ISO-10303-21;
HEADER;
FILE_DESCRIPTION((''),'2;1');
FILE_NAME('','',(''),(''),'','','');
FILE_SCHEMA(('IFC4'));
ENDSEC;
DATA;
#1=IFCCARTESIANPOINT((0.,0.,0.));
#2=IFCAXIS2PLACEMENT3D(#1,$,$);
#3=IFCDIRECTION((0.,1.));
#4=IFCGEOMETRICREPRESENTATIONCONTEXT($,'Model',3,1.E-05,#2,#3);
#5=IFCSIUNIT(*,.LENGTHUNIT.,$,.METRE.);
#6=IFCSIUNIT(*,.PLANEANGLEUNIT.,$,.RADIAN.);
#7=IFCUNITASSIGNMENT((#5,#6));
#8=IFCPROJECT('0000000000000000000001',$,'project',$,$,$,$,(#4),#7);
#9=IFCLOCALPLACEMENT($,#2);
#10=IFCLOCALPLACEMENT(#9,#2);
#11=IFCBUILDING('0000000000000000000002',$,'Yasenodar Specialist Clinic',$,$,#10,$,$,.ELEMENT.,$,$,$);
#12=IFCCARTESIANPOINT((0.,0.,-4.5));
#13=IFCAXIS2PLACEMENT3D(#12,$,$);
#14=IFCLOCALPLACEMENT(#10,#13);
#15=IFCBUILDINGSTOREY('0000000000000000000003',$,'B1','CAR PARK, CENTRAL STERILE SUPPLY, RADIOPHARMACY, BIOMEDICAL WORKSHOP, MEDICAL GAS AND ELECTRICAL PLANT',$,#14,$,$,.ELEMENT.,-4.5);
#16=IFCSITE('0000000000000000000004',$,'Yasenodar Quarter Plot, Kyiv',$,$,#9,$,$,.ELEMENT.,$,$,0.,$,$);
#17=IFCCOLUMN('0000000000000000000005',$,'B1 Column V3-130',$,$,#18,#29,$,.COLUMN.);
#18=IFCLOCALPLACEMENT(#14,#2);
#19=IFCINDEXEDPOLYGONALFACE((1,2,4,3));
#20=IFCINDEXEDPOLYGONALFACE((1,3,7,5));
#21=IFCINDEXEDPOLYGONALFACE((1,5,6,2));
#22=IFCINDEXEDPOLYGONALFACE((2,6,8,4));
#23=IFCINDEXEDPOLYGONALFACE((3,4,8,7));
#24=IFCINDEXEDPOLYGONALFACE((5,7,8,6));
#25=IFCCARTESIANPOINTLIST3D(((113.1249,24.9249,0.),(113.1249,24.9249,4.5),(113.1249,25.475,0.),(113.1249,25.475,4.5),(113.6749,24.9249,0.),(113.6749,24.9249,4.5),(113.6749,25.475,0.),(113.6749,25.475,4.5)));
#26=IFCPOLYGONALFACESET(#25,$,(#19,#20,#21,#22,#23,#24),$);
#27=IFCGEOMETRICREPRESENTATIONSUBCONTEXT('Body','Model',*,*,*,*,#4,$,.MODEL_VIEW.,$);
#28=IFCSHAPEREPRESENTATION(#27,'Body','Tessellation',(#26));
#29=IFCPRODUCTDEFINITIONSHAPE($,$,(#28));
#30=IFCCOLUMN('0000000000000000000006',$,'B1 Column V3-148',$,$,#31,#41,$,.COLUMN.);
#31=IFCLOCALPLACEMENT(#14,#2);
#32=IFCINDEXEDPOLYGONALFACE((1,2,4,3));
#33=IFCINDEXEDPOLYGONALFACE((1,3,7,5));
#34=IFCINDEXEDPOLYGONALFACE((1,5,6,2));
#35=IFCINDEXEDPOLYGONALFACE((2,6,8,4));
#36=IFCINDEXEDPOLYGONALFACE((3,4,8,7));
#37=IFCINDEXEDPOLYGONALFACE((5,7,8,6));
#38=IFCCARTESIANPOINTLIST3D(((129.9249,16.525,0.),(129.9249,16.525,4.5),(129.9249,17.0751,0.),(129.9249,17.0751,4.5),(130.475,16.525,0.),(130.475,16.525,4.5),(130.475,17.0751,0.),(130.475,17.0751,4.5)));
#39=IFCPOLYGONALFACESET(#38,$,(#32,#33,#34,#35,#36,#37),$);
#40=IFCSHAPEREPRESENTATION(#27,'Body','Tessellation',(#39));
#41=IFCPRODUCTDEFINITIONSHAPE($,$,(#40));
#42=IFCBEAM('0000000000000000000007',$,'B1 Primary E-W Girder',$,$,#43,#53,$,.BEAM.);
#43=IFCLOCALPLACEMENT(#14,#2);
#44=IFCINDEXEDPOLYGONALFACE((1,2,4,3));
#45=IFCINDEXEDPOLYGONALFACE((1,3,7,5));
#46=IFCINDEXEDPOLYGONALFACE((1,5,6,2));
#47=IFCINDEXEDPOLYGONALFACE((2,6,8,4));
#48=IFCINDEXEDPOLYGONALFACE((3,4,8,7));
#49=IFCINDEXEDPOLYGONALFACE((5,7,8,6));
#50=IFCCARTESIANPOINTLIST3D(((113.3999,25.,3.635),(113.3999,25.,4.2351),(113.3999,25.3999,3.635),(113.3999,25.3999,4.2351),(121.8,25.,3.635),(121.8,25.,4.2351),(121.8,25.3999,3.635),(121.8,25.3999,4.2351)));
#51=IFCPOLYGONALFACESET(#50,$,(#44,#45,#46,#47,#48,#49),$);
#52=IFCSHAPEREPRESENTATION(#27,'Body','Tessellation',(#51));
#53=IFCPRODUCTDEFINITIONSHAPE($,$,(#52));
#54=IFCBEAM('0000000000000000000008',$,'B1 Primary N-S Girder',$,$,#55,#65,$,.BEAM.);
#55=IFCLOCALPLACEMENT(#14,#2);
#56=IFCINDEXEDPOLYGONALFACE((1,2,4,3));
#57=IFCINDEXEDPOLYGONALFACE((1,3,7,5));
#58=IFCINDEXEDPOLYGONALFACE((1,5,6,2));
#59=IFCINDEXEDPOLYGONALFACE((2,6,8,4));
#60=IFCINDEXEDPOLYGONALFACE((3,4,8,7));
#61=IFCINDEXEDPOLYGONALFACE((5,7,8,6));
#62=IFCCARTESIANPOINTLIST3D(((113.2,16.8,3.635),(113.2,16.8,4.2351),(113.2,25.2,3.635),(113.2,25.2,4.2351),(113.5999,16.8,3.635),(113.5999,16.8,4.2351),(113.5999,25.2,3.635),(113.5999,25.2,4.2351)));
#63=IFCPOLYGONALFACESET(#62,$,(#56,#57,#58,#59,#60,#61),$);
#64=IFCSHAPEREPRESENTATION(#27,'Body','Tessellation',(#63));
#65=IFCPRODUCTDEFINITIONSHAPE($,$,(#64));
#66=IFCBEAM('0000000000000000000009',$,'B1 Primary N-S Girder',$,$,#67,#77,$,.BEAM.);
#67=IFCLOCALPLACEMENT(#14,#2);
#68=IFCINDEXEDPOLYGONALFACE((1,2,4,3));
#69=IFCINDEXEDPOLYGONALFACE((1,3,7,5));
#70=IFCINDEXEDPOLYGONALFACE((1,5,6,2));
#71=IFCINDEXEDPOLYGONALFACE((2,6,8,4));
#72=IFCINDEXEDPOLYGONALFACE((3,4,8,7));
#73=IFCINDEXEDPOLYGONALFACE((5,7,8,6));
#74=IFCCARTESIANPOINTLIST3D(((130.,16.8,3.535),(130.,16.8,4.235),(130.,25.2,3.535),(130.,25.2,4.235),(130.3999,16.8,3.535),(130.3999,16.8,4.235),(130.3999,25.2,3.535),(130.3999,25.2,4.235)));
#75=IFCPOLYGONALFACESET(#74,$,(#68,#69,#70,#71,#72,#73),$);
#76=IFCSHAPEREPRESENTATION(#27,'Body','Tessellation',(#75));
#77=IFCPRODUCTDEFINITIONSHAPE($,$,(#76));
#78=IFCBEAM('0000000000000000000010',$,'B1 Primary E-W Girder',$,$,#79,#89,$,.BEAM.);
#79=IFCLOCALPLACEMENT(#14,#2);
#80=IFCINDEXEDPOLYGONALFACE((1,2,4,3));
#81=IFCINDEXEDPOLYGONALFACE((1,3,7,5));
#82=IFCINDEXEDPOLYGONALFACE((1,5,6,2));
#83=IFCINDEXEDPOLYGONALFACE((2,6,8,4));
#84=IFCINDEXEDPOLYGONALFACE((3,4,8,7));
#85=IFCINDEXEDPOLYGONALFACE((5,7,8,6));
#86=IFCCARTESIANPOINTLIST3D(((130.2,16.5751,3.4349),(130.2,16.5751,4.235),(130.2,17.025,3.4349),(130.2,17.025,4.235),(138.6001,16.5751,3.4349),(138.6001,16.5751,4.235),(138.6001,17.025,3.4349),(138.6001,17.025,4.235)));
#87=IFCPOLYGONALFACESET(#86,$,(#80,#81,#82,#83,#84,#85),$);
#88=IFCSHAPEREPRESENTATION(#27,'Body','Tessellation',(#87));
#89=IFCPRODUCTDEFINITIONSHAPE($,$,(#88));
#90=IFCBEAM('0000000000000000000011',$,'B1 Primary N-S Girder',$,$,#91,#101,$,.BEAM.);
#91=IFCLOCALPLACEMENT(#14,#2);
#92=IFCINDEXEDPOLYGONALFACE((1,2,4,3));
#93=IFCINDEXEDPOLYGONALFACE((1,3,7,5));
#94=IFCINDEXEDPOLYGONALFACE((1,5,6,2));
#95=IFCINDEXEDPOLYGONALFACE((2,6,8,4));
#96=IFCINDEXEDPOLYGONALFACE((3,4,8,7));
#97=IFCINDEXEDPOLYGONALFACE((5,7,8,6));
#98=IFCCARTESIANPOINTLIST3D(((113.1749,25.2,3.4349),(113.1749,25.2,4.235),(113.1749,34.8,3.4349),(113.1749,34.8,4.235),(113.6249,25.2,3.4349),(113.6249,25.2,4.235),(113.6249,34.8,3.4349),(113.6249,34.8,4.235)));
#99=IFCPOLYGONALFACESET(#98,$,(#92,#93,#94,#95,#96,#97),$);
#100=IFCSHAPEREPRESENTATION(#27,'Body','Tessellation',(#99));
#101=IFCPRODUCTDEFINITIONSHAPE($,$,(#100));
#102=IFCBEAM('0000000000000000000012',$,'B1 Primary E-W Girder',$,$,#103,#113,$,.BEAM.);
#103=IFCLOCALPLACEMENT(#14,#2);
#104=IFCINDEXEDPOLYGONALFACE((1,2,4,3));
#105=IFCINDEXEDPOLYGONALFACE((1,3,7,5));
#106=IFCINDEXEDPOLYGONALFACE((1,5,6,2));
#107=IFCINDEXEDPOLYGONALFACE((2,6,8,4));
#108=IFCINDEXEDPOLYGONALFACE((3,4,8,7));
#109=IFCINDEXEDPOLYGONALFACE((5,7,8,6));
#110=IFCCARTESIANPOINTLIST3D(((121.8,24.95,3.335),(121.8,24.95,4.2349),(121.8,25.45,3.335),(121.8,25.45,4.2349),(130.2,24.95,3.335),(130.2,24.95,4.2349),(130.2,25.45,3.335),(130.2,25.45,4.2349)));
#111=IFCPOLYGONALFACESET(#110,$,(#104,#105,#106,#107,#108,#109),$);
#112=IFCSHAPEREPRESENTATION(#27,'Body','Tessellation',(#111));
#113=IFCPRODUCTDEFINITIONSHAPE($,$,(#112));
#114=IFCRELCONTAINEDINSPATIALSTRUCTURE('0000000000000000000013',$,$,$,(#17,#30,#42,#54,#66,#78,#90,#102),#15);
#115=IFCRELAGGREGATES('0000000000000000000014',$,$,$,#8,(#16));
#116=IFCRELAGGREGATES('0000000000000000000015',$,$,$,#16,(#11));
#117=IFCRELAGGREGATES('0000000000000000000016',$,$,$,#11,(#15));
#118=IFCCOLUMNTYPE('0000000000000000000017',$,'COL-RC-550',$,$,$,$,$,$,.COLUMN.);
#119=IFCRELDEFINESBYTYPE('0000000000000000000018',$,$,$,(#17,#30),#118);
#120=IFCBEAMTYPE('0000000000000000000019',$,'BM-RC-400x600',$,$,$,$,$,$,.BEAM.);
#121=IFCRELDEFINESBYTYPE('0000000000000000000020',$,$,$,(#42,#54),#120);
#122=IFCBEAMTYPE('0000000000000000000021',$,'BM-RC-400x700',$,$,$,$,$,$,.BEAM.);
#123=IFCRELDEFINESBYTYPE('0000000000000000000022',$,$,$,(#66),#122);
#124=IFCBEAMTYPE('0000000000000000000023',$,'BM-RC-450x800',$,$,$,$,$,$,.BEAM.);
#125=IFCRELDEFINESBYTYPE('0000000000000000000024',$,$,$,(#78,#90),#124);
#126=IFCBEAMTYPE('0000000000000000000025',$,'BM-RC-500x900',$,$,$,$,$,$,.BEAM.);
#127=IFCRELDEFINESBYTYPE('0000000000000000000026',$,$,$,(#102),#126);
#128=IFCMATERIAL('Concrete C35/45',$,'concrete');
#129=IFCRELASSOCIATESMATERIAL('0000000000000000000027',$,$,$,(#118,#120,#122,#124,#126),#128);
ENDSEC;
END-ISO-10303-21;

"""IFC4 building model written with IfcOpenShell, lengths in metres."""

from ifc_helpers import new_model, si_unit, direction, frame, origin, origin_2d, place, context, subcontext, project, spatial, rectangle, extrude, material, material_profile, profile_set, type_object, element, save


model = new_model("IFC4")

# Units and contexts
model_context = context("Model", 3, precision=1e-05, world=origin(), true_north=direction((0.0, 1.0)))
body_context = subcontext(model_context, "Body", "Model", "MODEL_VIEW")
ifc_project = project(units=[si_unit("LENGTHUNIT", "METRE"), si_unit("PLANEANGLEUNIT", "RADIAN")], contexts=[model_context])

# Site, building, storey
site_placement = place(None, origin())
site = spatial("IfcSite", under=ifc_project, at=site_placement, Name="Yasenodar Quarter Plot, Kyiv", CompositionType="ELEMENT", RefElevation=0.0)
building_placement = place(site_placement, origin())
building = spatial("IfcBuilding", under=site, at=building_placement, Name="Yasenodar Specialist Clinic", CompositionType="ELEMENT")
storey_placement = place(building_placement, frame((0.0, 0.0, -4.5)))
storey = spatial("IfcBuildingStorey", under=building, at=storey_placement, Name="B1", Description="CAR PARK, CENTRAL STERILE SUPPLY, RADIOPHARMACY, BIOMEDICAL WORKSHOP, MEDICAL GAS AND ELECTRICAL PLANT", CompositionType="ELEMENT", Elevation=-4.5)

# Shared definitions
ifc_material_1 = material(Name="Concrete C35/45", Category="concrete")

# Columns
ifc_material_profile_1 = material_profile(ifc_material_1, rectangle(XDim=0.55, YDim=0.55, at=origin_2d()), Name="RC 550x550")
ifc_profile_set_1 = profile_set([ifc_material_profile_1], Name="Concrete C35/45")
column_type_1 = type_object("IfcColumnType", Name="COL-RC-550", PredefinedType="COLUMN", material=ifc_profile_set_1)
for number, where, z_axis, x_axis, name in (
    (1, (113.3999, 25.2, 0.0), (0.0, 0.0, 1.0), (1.0, 0.0, 0.0), "B1 Column V3-130"),
    (2, (130.2, 16.8, 0.0), (0.0, 0.0, 1.0), (1.0, 0.0, 0.0), "B1 Column V3-148"),
):
    element("IfcColumn", number, at=place(storey_placement, frame(where, z_axis=z_axis, x_axis=x_axis)), inside=storey, type_object=column_type_1, Name=name, PredefinedType="COLUMN", context=body_context, shape_type="SweptSolid", body=[
        extrude(rectangle(XDim=0.55, YDim=0.55, at=origin_2d()), origin(), (0.0, 0.0, 1.0), 4.5),
    ])

# Beams
ifc_material_profile_2 = material_profile(ifc_material_1, rectangle(XDim=0.3999, YDim=0.6001, at=origin_2d()), Name="RC 400x600")
ifc_profile_set_2 = profile_set([ifc_material_profile_2], Name="Concrete C35/45")
beam_type_1 = type_object("IfcBeamType", Name="BM-RC-400x600", PredefinedType="BEAM", material=ifc_profile_set_2)
beam_1_placement = place(storey_placement, frame((113.3999, 25.2, 3.9351), z_axis=(1.0, 0.0, 0.0), x_axis=(0.0, 1.0, 0.0)))
element("IfcBeam", 3, at=beam_1_placement, inside=storey, type_object=beam_type_1, Name="B1 Primary E-W Girder", PredefinedType="BEAM", context=body_context, shape_type="SweptSolid", body=[
    extrude(rectangle(XDim=0.3999, YDim=0.6001, at=origin_2d()), origin(), (0.0, 0.0, 1.0), 8.4001),
])
beam_2_placement = place(storey_placement, frame((113.3999, 16.8, 3.9351), z_axis=(0.0, 1.0, 0.0), x_axis=(-1.0, 0.0, 0.0)))
element("IfcBeam", 4, at=beam_2_placement, inside=storey, type_object=beam_type_1, Name="B1 Primary N-S Girder", PredefinedType="BEAM", context=body_context, shape_type="SweptSolid", body=[
    extrude(rectangle(XDim=0.3999, YDim=0.6001, at=origin_2d()), origin(), (0.0, 0.0, 1.0), 8.3999),
])
ifc_material_profile_3 = material_profile(ifc_material_1, rectangle(XDim=0.3999, YDim=0.7, at=origin_2d()), Name="RC 400x700")
ifc_profile_set_3 = profile_set([ifc_material_profile_3], Name="Concrete C35/45")
beam_type_2 = type_object("IfcBeamType", Name="BM-RC-400x700", PredefinedType="BEAM", material=ifc_profile_set_3)
beam_3_placement = place(storey_placement, frame((130.2, 16.8, 3.885), z_axis=(0.0, 1.0, 0.0), x_axis=(-1.0, 0.0, 0.0)))
element("IfcBeam", 5, at=beam_3_placement, inside=storey, type_object=beam_type_2, Name="B1 Primary N-S Girder", PredefinedType="BEAM", context=body_context, shape_type="SweptSolid", body=[
    extrude(rectangle(XDim=0.3999, YDim=0.7, at=origin_2d()), origin(), (0.0, 0.0, 1.0), 8.3999),
])
ifc_material_profile_4 = material_profile(ifc_material_1, rectangle(XDim=0.45, YDim=0.8, at=origin_2d()), Name="RC 450x800")
ifc_profile_set_4 = profile_set([ifc_material_profile_4], Name="Concrete C35/45")
beam_type_3 = type_object("IfcBeamType", Name="BM-RC-450x800", PredefinedType="BEAM", material=ifc_profile_set_4)
beam_4_placement = place(storey_placement, frame((130.2, 16.8, 3.835), z_axis=(1.0, 0.0, 0.0), x_axis=(0.0, 1.0, 0.0)))
element("IfcBeam", 6, at=beam_4_placement, inside=storey, type_object=beam_type_3, Name="B1 Primary E-W Girder", PredefinedType="BEAM", context=body_context, shape_type="SweptSolid", body=[
    extrude(rectangle(XDim=0.45, YDim=0.8, at=origin_2d()), origin(), (0.0, 0.0, 1.0), 8.4001),
])
beam_5_placement = place(storey_placement, frame((113.3999, 25.2, 3.835), z_axis=(0.0, 1.0, 0.0), x_axis=(-1.0, 0.0, 0.0)))
element("IfcBeam", 7, at=beam_5_placement, inside=storey, type_object=beam_type_3, Name="B1 Primary N-S Girder", PredefinedType="BEAM", context=body_context, shape_type="SweptSolid", body=[
    extrude(rectangle(XDim=0.45, YDim=0.8, at=origin_2d()), origin(), (0.0, 0.0, 1.0), 9.6001),
])
ifc_material_profile_5 = material_profile(ifc_material_1, rectangle(XDim=0.5, YDim=0.8999, at=origin_2d()), Name="RC 500x900")
ifc_profile_set_5 = profile_set([ifc_material_profile_5], Name="Concrete C35/45")
beam_type_4 = type_object("IfcBeamType", Name="BM-RC-500x900", PredefinedType="BEAM", material=ifc_profile_set_5)
beam_6_placement = place(storey_placement, frame((121.8, 25.2, 3.7849), z_axis=(1.0, 0.0, 0.0), x_axis=(0.0, 1.0, 0.0)))
element("IfcBeam", 8, at=beam_6_placement, inside=storey, type_object=beam_type_4, Name="B1 Primary E-W Girder", PredefinedType="BEAM", context=body_context, shape_type="SweptSolid", body=[
    extrude(rectangle(XDim=0.5, YDim=0.8999, at=origin_2d()), origin(), (0.0, 0.0, 1.0), 8.3999),
])

save(model, "model.ifc")
